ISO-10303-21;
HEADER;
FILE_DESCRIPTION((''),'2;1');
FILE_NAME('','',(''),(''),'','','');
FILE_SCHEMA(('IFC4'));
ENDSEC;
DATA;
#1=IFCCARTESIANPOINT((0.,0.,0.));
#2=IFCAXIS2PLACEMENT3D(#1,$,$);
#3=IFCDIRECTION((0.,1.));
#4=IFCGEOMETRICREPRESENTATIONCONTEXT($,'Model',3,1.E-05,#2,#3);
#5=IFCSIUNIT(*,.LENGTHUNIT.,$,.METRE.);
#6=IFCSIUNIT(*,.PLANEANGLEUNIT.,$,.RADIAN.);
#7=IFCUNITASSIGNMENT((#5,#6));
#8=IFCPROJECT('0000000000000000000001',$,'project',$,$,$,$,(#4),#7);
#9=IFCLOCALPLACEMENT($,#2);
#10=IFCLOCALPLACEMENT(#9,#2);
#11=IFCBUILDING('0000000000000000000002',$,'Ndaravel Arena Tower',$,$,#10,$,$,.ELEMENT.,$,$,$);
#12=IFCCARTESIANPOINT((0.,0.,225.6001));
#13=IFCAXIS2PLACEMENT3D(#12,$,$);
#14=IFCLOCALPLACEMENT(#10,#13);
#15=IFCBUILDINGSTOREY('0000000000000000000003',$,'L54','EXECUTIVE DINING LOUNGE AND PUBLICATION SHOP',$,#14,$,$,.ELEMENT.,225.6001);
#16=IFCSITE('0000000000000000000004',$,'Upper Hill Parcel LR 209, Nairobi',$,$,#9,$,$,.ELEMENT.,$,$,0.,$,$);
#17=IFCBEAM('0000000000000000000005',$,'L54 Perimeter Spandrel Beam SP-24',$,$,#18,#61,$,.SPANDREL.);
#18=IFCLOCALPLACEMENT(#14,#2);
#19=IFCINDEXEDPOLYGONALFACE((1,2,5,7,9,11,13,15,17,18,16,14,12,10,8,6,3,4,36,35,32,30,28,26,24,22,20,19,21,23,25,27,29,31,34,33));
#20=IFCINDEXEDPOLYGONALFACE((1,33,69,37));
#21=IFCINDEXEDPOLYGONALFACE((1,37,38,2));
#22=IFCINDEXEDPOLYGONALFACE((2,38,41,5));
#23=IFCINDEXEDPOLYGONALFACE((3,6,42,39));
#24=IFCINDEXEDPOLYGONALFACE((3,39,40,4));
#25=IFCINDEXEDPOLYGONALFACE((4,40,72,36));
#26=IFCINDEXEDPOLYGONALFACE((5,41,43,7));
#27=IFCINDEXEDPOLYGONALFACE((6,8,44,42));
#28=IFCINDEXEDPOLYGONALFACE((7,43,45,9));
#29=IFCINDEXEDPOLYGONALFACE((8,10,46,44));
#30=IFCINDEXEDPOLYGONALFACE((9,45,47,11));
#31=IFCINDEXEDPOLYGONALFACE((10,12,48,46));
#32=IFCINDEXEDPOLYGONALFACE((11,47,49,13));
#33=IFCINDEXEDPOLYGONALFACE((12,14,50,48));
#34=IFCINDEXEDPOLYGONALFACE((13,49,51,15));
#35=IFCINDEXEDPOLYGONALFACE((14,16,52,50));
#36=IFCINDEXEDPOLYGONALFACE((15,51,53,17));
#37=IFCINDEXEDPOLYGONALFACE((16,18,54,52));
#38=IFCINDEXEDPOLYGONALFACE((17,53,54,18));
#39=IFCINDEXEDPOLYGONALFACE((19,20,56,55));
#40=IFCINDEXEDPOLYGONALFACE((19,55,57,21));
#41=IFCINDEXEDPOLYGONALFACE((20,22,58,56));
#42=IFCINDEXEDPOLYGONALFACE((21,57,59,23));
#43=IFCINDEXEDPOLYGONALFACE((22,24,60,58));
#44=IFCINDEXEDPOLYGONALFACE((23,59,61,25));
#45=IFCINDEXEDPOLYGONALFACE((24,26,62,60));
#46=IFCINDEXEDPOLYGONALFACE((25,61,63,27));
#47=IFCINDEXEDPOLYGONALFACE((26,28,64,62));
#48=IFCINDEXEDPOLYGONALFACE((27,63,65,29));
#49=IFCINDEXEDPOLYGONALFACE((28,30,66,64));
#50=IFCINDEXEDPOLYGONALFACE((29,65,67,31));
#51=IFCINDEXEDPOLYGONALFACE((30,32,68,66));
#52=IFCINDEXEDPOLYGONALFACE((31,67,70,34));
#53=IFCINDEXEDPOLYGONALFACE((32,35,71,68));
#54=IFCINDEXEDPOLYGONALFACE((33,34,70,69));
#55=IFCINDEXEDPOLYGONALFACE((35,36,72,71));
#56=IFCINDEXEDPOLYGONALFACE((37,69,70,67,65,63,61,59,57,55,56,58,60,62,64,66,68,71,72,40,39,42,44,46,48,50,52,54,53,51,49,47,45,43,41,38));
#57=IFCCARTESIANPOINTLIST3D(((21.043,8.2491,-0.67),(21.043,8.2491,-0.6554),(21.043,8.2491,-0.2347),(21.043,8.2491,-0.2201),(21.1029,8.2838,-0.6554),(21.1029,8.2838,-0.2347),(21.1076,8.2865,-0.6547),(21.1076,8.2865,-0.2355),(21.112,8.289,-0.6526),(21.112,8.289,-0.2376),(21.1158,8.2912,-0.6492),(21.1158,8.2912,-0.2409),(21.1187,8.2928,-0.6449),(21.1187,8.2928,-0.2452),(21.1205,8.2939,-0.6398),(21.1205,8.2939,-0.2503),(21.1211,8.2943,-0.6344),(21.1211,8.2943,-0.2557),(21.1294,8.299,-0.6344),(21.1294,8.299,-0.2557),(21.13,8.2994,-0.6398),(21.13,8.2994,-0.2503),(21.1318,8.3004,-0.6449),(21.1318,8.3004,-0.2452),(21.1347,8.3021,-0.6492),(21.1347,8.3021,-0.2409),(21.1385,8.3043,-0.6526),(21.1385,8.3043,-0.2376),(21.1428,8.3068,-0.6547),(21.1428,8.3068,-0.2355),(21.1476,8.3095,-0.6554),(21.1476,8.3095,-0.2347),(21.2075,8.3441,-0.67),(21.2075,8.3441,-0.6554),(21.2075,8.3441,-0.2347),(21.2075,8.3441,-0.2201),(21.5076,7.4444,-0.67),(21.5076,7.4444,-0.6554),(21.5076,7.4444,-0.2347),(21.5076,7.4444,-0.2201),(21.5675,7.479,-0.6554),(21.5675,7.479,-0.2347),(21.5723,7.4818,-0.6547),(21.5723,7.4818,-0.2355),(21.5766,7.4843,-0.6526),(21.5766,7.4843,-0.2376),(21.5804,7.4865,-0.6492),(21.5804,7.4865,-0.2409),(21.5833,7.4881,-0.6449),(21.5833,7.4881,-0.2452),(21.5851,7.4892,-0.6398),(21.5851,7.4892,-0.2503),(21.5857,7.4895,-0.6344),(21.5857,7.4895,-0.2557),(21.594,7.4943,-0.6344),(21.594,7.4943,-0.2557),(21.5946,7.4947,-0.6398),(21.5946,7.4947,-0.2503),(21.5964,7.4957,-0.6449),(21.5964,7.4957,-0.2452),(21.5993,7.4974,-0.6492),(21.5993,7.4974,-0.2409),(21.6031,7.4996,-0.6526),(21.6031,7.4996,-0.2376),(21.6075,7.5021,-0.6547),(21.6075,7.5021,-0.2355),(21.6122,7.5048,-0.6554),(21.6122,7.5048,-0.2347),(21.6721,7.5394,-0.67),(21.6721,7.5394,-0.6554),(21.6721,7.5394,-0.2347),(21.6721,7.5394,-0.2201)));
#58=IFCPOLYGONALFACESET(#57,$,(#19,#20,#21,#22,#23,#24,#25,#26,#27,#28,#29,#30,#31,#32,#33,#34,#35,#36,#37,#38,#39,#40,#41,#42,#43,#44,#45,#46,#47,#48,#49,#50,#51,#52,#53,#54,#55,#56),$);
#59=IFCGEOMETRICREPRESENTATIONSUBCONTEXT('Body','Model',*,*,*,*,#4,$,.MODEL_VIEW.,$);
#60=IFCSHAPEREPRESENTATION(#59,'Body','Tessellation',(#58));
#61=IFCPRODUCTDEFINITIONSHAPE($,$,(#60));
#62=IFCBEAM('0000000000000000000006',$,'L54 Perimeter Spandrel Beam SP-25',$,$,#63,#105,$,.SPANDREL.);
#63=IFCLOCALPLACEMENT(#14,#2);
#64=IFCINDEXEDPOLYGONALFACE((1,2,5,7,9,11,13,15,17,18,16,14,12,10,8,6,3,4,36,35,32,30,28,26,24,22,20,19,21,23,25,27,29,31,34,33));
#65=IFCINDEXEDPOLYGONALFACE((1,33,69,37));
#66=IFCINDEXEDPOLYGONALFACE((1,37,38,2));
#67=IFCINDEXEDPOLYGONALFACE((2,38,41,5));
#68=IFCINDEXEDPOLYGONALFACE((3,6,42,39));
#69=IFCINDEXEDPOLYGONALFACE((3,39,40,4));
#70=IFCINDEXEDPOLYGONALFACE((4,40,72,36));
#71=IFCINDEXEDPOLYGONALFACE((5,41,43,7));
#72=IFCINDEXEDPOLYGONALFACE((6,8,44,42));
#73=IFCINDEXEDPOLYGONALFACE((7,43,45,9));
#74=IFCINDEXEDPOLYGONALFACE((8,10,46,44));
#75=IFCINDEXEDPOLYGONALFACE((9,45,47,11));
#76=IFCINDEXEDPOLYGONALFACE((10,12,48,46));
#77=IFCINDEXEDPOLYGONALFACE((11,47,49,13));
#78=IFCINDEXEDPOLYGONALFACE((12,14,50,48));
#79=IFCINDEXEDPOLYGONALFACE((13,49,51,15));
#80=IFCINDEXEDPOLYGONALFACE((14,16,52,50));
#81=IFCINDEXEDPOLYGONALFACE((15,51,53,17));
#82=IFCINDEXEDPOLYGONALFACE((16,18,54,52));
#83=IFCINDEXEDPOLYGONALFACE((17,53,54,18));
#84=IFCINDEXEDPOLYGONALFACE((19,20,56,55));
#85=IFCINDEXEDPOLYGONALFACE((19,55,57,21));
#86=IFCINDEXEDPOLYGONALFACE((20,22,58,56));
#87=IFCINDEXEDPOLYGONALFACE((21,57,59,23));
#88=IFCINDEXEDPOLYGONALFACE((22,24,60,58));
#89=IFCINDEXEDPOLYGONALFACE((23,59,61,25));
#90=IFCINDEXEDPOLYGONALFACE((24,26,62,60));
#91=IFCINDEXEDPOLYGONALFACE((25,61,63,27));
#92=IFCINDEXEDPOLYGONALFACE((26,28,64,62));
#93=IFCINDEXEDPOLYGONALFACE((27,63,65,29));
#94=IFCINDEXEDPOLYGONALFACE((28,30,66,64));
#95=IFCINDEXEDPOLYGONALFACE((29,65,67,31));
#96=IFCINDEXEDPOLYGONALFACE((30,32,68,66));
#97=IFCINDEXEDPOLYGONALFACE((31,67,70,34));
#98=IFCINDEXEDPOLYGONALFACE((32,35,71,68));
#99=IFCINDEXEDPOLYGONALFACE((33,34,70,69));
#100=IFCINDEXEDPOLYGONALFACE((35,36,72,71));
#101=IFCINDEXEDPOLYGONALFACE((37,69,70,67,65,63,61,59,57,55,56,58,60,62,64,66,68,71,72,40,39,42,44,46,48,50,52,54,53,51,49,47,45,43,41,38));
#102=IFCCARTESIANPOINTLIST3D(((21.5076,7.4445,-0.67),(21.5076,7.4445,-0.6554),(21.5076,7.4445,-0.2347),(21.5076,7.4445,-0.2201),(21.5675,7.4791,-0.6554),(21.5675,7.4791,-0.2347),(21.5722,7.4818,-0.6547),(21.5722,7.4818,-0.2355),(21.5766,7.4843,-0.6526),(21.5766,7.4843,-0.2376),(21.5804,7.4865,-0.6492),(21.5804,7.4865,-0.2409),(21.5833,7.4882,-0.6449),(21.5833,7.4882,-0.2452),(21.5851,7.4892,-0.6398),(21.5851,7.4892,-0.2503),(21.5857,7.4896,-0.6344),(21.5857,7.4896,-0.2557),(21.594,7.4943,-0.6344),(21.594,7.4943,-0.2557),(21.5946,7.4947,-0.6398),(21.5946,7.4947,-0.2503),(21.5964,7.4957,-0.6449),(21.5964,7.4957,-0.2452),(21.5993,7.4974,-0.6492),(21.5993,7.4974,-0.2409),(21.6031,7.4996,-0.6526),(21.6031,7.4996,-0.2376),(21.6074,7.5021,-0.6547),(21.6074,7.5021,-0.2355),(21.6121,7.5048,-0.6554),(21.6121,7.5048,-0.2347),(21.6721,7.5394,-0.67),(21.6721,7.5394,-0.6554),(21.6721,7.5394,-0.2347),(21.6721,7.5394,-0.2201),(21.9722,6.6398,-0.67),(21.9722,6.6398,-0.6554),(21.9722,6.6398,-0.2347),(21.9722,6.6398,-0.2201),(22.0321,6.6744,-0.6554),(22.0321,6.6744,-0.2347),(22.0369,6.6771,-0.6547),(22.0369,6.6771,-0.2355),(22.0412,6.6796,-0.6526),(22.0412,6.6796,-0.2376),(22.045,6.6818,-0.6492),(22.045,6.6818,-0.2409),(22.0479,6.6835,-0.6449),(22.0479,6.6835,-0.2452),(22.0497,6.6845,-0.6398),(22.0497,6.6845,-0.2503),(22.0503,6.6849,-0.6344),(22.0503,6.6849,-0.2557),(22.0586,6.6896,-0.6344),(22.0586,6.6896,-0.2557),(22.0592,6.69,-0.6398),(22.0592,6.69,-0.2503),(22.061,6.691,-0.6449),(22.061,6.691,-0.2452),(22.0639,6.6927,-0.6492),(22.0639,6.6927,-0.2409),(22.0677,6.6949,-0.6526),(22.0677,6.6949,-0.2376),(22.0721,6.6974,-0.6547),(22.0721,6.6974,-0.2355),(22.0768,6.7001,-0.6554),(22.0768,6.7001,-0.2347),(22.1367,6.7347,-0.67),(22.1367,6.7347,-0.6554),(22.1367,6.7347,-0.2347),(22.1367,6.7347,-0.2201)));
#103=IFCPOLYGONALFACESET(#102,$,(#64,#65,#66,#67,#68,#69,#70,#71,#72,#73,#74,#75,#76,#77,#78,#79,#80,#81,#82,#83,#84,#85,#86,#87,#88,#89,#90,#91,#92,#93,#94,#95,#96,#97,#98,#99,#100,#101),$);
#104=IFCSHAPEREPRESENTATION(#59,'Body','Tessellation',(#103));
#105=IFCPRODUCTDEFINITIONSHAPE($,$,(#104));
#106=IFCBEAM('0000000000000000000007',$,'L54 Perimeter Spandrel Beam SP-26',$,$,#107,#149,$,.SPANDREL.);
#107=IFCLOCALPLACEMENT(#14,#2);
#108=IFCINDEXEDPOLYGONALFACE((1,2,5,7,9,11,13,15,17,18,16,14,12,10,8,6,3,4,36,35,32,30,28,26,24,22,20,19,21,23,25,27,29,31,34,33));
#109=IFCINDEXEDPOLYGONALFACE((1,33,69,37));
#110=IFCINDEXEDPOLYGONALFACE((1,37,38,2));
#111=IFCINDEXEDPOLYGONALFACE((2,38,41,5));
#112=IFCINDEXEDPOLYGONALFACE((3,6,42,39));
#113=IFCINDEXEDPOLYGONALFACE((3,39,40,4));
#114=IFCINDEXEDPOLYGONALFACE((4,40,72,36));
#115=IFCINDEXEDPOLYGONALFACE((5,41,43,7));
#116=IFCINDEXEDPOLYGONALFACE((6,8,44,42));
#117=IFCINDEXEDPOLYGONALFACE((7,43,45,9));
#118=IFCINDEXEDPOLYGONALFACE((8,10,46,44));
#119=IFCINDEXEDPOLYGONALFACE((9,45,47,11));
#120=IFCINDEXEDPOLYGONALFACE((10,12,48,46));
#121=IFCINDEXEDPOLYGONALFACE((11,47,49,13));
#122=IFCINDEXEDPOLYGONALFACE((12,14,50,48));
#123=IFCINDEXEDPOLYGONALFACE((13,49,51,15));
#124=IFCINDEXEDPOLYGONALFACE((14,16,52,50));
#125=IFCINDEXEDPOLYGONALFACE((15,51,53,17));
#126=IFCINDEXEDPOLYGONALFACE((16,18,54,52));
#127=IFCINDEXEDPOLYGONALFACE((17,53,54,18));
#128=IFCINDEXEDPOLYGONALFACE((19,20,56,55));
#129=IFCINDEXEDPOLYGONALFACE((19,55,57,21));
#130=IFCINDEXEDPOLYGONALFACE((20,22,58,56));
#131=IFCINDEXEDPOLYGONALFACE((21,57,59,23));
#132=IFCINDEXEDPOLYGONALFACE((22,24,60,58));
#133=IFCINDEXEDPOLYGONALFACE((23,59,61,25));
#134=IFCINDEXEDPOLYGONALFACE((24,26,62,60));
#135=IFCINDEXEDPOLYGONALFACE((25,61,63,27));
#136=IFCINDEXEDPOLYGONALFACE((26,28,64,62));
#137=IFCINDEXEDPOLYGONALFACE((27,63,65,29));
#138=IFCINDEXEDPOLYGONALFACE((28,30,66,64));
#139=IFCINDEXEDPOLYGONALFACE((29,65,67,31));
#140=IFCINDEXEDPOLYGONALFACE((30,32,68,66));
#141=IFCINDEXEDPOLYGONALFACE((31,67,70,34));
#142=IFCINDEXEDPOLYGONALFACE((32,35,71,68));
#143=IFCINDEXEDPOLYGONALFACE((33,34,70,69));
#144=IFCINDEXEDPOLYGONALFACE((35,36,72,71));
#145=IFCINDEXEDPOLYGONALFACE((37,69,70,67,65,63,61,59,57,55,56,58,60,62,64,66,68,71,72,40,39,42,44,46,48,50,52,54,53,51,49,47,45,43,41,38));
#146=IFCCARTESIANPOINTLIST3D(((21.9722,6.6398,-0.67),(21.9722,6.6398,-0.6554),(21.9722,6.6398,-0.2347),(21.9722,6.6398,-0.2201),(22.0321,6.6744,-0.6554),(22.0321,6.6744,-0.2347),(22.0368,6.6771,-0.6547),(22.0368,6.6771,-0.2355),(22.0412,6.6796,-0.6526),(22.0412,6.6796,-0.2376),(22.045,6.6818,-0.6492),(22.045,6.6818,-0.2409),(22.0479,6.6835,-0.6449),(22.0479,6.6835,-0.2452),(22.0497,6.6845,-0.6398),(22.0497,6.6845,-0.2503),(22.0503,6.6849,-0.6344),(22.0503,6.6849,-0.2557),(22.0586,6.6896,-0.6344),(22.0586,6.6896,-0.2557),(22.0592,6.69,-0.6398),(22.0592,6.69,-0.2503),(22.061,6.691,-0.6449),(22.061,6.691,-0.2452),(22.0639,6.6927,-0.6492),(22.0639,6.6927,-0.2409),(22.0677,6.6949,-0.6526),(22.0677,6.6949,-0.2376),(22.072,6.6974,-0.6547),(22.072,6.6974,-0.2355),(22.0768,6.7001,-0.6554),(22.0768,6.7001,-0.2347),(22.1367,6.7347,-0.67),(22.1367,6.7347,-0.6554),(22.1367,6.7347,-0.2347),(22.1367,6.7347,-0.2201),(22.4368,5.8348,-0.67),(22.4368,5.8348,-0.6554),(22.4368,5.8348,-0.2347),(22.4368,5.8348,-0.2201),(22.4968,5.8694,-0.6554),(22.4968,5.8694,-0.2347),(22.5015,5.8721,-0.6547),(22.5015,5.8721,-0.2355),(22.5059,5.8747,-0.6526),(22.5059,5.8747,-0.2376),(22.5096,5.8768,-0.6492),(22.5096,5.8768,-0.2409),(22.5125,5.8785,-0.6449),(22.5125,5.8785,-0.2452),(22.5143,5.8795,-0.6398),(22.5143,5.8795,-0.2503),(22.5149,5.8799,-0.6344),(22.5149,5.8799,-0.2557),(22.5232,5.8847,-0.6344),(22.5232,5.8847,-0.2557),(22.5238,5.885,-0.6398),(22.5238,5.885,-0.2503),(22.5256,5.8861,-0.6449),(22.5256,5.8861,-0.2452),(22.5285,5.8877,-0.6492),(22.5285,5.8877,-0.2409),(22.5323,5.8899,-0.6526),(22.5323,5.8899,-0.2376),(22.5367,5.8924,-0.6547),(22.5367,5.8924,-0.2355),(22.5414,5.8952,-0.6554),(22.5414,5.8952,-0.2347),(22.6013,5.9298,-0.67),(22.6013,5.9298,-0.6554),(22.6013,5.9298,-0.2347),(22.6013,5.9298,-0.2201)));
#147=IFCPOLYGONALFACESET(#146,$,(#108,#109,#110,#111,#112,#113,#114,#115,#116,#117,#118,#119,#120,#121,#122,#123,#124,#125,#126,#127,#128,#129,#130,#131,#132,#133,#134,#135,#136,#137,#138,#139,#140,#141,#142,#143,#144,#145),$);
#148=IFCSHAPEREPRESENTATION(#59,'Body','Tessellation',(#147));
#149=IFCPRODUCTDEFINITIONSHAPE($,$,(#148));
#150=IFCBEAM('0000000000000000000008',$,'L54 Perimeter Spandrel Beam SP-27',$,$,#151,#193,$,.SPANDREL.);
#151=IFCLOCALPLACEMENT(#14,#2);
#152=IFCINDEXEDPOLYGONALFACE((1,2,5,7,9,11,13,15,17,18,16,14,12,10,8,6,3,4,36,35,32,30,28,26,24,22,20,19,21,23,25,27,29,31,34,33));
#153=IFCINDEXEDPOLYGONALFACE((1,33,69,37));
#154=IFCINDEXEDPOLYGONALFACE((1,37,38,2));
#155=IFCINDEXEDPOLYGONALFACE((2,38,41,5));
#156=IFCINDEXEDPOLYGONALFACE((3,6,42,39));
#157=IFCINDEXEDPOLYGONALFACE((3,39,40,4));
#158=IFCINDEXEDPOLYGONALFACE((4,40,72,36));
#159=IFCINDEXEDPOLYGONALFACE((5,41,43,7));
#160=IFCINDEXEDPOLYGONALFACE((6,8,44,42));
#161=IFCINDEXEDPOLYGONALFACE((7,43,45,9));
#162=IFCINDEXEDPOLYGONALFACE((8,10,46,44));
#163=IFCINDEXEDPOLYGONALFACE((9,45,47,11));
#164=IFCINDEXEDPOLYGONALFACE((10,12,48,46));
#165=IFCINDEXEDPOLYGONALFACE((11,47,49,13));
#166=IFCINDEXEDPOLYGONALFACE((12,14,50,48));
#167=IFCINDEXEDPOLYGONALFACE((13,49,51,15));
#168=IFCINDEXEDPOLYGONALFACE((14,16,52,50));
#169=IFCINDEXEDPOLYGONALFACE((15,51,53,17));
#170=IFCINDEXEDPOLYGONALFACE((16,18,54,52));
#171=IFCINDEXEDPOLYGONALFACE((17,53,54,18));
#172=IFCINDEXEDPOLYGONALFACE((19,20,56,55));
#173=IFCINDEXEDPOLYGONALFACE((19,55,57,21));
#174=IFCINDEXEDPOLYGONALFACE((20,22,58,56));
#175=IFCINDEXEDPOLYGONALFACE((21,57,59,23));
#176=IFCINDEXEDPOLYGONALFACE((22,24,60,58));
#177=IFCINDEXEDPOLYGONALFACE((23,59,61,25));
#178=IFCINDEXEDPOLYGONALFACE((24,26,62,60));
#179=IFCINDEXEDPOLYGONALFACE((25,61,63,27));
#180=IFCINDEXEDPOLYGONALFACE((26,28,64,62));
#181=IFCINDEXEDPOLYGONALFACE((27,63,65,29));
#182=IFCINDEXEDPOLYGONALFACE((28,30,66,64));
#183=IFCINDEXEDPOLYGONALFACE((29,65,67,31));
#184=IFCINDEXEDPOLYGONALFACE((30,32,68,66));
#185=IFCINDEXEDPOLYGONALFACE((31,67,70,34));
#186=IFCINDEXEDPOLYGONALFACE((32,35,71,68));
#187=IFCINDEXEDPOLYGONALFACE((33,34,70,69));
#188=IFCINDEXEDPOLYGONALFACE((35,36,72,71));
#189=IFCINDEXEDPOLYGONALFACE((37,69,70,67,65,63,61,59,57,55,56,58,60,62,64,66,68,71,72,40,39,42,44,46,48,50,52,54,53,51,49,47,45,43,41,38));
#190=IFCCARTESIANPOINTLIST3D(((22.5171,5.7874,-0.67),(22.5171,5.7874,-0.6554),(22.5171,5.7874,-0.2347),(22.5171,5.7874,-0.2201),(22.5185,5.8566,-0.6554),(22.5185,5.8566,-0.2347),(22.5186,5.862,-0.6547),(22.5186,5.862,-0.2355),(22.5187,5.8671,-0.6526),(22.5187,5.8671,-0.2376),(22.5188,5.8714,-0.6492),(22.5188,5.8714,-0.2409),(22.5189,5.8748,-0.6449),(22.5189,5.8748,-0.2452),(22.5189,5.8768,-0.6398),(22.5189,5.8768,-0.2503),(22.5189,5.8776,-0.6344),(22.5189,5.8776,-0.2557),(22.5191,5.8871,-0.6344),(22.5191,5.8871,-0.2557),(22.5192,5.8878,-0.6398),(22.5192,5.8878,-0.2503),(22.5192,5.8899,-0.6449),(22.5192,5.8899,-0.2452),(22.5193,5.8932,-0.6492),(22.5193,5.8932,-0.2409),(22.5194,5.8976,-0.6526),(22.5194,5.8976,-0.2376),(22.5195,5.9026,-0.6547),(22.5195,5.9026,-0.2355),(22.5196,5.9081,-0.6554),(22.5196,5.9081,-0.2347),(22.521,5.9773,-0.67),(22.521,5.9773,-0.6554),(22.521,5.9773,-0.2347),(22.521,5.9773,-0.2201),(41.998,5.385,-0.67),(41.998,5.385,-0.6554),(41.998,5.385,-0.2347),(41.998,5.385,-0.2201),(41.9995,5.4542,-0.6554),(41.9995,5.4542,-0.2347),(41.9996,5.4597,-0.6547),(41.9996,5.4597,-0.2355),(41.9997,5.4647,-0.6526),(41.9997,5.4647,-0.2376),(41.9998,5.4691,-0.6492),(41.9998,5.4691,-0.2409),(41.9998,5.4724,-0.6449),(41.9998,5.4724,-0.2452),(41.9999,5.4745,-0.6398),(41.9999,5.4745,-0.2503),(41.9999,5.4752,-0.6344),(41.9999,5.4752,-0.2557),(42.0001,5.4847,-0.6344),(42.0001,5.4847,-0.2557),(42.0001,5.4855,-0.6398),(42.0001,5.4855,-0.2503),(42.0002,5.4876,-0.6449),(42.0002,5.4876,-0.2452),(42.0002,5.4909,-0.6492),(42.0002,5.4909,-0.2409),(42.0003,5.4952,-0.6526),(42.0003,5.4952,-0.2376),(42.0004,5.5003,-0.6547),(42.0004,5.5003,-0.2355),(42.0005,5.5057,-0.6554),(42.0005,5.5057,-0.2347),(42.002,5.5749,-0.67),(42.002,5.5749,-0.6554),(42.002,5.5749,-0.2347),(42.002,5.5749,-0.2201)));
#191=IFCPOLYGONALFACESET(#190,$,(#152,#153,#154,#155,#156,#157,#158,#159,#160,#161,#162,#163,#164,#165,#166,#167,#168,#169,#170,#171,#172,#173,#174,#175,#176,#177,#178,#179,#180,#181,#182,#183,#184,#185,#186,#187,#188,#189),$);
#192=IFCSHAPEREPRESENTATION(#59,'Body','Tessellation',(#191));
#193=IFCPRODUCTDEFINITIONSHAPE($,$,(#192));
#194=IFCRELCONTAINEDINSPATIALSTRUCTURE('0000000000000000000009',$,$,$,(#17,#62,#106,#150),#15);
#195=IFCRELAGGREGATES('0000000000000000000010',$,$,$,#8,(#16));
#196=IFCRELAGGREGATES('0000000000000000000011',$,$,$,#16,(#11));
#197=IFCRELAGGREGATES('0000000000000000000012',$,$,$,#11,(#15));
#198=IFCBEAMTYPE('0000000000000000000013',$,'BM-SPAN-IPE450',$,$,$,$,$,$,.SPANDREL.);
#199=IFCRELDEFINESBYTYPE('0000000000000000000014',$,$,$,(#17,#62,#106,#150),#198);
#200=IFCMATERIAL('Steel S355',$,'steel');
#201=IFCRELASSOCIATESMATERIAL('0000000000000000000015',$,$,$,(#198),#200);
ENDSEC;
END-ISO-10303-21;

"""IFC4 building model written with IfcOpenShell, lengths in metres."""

from ifc_helpers import new_model, si_unit, direction, frame, origin, origin_2d, place, context, subcontext, project, spatial, i_section, extrude, material, material_profile, profile_set, type_object, element, save


model = new_model("IFC4")

# Units and contexts
model_context = context("Model", 3, precision=1e-05, world=origin(), true_north=direction((0.0, 1.0)))
body_context = subcontext(model_context, "Body", "Model", "MODEL_VIEW")
ifc_project = project(units=[si_unit("LENGTHUNIT", "METRE"), si_unit("PLANEANGLEUNIT", "RADIAN")], contexts=[model_context])

# Site, building, storey
site_placement = place(None, origin())
site = spatial("IfcSite", under=ifc_project, at=site_placement, Name="Upper Hill Parcel LR 209, Nairobi", CompositionType="ELEMENT", RefElevation=0.0)
building_placement = place(site_placement, origin())
building = spatial("IfcBuilding", under=site, at=building_placement, Name="Ndaravel Arena Tower", CompositionType="ELEMENT")
storey_placement = place(building_placement, frame((0.0, 0.0, 225.6001)))
storey = spatial("IfcBuildingStorey", under=building, at=storey_placement, Name="L54", Description="EXECUTIVE DINING LOUNGE AND PUBLICATION SHOP", CompositionType="ELEMENT", Elevation=225.6001)

# Beams
ifc_material_1 = material(Name="Steel S355", Category="steel")
ifc_material_profile_1 = material_profile(ifc_material_1, i_section(OverallWidth=0.1899, OverallDepth=0.45, WebThickness=0.0095, FlangeThickness=0.0146, FilletRadius=0.021, at=origin_2d()), Name="IPE 450")
ifc_profile_set_1 = profile_set([ifc_material_profile_1], Name="Steel S355")
beam_type = type_object("IfcBeamType", Name="BM-SPAN-IPE450", PredefinedType="SPANDREL", material=ifc_profile_set_1)
for number, where, z_axis, x_axis, name in (
    (1, (21.1252, 8.2966, -0.4451), (0.500011, -0.866019, 0.0), (0.866019, 0.500011, 0.0), "L54 Perimeter Spandrel Beam SP-24"),
    (2, (21.5898, 7.4919, -0.4451), (0.500011, -0.866019, 0.0), (0.866019, 0.500011, 0.0), "L54 Perimeter Spandrel Beam SP-25"),
):
    element("IfcBeam", number, at=place(storey_placement, frame(where, z_axis=z_axis, x_axis=x_axis)), inside=storey, type_object=beam_type, Name=name, PredefinedType="SPANDREL", context=body_context, shape_type="SweptSolid", body=[
        extrude(i_section(OverallWidth=0.1899, OverallDepth=0.45, WebThickness=0.0095, FlangeThickness=0.0146, FilletRadius=0.021, at=origin_2d()), origin(), (0.0, 0.0, 1.0), 0.9292),
    ])
beam_1_placement = place(storey_placement, frame((22.0544, 6.6873, -0.4451), z_axis=(0.499897, -0.866085, 0.0), x_axis=(0.866085, 0.499897, 0.0)))
element("IfcBeam", 3, at=beam_1_placement, inside=storey, type_object=beam_type, Name="L54 Perimeter Spandrel Beam SP-26", PredefinedType="SPANDREL", context=body_context, shape_type="SweptSolid", body=[
    extrude(i_section(OverallWidth=0.1899, OverallDepth=0.45, WebThickness=0.0095, FlangeThickness=0.0146, FilletRadius=0.021, at=origin_2d()), origin(), (0.0, 0.0, 1.0), 0.9294),
])
beam_2_placement = place(storey_placement, frame((22.519, 5.8823, -0.4451), z_axis=(0.999787, -0.020649, 0.0), x_axis=(0.020649, 0.999787, 0.0)))
element("IfcBeam", 4, at=beam_2_placement, inside=storey, type_object=beam_type, Name="L54 Perimeter Spandrel Beam SP-27", PredefinedType="SPANDREL", context=body_context, shape_type="SweptSolid", body=[
    extrude(i_section(OverallWidth=0.1899, OverallDepth=0.45, WebThickness=0.0095, FlangeThickness=0.0146, FilletRadius=0.021, at=origin_2d()), origin(), (0.0, 0.0, 1.0), 19.4851),
])

save(model, "model.ifc")
